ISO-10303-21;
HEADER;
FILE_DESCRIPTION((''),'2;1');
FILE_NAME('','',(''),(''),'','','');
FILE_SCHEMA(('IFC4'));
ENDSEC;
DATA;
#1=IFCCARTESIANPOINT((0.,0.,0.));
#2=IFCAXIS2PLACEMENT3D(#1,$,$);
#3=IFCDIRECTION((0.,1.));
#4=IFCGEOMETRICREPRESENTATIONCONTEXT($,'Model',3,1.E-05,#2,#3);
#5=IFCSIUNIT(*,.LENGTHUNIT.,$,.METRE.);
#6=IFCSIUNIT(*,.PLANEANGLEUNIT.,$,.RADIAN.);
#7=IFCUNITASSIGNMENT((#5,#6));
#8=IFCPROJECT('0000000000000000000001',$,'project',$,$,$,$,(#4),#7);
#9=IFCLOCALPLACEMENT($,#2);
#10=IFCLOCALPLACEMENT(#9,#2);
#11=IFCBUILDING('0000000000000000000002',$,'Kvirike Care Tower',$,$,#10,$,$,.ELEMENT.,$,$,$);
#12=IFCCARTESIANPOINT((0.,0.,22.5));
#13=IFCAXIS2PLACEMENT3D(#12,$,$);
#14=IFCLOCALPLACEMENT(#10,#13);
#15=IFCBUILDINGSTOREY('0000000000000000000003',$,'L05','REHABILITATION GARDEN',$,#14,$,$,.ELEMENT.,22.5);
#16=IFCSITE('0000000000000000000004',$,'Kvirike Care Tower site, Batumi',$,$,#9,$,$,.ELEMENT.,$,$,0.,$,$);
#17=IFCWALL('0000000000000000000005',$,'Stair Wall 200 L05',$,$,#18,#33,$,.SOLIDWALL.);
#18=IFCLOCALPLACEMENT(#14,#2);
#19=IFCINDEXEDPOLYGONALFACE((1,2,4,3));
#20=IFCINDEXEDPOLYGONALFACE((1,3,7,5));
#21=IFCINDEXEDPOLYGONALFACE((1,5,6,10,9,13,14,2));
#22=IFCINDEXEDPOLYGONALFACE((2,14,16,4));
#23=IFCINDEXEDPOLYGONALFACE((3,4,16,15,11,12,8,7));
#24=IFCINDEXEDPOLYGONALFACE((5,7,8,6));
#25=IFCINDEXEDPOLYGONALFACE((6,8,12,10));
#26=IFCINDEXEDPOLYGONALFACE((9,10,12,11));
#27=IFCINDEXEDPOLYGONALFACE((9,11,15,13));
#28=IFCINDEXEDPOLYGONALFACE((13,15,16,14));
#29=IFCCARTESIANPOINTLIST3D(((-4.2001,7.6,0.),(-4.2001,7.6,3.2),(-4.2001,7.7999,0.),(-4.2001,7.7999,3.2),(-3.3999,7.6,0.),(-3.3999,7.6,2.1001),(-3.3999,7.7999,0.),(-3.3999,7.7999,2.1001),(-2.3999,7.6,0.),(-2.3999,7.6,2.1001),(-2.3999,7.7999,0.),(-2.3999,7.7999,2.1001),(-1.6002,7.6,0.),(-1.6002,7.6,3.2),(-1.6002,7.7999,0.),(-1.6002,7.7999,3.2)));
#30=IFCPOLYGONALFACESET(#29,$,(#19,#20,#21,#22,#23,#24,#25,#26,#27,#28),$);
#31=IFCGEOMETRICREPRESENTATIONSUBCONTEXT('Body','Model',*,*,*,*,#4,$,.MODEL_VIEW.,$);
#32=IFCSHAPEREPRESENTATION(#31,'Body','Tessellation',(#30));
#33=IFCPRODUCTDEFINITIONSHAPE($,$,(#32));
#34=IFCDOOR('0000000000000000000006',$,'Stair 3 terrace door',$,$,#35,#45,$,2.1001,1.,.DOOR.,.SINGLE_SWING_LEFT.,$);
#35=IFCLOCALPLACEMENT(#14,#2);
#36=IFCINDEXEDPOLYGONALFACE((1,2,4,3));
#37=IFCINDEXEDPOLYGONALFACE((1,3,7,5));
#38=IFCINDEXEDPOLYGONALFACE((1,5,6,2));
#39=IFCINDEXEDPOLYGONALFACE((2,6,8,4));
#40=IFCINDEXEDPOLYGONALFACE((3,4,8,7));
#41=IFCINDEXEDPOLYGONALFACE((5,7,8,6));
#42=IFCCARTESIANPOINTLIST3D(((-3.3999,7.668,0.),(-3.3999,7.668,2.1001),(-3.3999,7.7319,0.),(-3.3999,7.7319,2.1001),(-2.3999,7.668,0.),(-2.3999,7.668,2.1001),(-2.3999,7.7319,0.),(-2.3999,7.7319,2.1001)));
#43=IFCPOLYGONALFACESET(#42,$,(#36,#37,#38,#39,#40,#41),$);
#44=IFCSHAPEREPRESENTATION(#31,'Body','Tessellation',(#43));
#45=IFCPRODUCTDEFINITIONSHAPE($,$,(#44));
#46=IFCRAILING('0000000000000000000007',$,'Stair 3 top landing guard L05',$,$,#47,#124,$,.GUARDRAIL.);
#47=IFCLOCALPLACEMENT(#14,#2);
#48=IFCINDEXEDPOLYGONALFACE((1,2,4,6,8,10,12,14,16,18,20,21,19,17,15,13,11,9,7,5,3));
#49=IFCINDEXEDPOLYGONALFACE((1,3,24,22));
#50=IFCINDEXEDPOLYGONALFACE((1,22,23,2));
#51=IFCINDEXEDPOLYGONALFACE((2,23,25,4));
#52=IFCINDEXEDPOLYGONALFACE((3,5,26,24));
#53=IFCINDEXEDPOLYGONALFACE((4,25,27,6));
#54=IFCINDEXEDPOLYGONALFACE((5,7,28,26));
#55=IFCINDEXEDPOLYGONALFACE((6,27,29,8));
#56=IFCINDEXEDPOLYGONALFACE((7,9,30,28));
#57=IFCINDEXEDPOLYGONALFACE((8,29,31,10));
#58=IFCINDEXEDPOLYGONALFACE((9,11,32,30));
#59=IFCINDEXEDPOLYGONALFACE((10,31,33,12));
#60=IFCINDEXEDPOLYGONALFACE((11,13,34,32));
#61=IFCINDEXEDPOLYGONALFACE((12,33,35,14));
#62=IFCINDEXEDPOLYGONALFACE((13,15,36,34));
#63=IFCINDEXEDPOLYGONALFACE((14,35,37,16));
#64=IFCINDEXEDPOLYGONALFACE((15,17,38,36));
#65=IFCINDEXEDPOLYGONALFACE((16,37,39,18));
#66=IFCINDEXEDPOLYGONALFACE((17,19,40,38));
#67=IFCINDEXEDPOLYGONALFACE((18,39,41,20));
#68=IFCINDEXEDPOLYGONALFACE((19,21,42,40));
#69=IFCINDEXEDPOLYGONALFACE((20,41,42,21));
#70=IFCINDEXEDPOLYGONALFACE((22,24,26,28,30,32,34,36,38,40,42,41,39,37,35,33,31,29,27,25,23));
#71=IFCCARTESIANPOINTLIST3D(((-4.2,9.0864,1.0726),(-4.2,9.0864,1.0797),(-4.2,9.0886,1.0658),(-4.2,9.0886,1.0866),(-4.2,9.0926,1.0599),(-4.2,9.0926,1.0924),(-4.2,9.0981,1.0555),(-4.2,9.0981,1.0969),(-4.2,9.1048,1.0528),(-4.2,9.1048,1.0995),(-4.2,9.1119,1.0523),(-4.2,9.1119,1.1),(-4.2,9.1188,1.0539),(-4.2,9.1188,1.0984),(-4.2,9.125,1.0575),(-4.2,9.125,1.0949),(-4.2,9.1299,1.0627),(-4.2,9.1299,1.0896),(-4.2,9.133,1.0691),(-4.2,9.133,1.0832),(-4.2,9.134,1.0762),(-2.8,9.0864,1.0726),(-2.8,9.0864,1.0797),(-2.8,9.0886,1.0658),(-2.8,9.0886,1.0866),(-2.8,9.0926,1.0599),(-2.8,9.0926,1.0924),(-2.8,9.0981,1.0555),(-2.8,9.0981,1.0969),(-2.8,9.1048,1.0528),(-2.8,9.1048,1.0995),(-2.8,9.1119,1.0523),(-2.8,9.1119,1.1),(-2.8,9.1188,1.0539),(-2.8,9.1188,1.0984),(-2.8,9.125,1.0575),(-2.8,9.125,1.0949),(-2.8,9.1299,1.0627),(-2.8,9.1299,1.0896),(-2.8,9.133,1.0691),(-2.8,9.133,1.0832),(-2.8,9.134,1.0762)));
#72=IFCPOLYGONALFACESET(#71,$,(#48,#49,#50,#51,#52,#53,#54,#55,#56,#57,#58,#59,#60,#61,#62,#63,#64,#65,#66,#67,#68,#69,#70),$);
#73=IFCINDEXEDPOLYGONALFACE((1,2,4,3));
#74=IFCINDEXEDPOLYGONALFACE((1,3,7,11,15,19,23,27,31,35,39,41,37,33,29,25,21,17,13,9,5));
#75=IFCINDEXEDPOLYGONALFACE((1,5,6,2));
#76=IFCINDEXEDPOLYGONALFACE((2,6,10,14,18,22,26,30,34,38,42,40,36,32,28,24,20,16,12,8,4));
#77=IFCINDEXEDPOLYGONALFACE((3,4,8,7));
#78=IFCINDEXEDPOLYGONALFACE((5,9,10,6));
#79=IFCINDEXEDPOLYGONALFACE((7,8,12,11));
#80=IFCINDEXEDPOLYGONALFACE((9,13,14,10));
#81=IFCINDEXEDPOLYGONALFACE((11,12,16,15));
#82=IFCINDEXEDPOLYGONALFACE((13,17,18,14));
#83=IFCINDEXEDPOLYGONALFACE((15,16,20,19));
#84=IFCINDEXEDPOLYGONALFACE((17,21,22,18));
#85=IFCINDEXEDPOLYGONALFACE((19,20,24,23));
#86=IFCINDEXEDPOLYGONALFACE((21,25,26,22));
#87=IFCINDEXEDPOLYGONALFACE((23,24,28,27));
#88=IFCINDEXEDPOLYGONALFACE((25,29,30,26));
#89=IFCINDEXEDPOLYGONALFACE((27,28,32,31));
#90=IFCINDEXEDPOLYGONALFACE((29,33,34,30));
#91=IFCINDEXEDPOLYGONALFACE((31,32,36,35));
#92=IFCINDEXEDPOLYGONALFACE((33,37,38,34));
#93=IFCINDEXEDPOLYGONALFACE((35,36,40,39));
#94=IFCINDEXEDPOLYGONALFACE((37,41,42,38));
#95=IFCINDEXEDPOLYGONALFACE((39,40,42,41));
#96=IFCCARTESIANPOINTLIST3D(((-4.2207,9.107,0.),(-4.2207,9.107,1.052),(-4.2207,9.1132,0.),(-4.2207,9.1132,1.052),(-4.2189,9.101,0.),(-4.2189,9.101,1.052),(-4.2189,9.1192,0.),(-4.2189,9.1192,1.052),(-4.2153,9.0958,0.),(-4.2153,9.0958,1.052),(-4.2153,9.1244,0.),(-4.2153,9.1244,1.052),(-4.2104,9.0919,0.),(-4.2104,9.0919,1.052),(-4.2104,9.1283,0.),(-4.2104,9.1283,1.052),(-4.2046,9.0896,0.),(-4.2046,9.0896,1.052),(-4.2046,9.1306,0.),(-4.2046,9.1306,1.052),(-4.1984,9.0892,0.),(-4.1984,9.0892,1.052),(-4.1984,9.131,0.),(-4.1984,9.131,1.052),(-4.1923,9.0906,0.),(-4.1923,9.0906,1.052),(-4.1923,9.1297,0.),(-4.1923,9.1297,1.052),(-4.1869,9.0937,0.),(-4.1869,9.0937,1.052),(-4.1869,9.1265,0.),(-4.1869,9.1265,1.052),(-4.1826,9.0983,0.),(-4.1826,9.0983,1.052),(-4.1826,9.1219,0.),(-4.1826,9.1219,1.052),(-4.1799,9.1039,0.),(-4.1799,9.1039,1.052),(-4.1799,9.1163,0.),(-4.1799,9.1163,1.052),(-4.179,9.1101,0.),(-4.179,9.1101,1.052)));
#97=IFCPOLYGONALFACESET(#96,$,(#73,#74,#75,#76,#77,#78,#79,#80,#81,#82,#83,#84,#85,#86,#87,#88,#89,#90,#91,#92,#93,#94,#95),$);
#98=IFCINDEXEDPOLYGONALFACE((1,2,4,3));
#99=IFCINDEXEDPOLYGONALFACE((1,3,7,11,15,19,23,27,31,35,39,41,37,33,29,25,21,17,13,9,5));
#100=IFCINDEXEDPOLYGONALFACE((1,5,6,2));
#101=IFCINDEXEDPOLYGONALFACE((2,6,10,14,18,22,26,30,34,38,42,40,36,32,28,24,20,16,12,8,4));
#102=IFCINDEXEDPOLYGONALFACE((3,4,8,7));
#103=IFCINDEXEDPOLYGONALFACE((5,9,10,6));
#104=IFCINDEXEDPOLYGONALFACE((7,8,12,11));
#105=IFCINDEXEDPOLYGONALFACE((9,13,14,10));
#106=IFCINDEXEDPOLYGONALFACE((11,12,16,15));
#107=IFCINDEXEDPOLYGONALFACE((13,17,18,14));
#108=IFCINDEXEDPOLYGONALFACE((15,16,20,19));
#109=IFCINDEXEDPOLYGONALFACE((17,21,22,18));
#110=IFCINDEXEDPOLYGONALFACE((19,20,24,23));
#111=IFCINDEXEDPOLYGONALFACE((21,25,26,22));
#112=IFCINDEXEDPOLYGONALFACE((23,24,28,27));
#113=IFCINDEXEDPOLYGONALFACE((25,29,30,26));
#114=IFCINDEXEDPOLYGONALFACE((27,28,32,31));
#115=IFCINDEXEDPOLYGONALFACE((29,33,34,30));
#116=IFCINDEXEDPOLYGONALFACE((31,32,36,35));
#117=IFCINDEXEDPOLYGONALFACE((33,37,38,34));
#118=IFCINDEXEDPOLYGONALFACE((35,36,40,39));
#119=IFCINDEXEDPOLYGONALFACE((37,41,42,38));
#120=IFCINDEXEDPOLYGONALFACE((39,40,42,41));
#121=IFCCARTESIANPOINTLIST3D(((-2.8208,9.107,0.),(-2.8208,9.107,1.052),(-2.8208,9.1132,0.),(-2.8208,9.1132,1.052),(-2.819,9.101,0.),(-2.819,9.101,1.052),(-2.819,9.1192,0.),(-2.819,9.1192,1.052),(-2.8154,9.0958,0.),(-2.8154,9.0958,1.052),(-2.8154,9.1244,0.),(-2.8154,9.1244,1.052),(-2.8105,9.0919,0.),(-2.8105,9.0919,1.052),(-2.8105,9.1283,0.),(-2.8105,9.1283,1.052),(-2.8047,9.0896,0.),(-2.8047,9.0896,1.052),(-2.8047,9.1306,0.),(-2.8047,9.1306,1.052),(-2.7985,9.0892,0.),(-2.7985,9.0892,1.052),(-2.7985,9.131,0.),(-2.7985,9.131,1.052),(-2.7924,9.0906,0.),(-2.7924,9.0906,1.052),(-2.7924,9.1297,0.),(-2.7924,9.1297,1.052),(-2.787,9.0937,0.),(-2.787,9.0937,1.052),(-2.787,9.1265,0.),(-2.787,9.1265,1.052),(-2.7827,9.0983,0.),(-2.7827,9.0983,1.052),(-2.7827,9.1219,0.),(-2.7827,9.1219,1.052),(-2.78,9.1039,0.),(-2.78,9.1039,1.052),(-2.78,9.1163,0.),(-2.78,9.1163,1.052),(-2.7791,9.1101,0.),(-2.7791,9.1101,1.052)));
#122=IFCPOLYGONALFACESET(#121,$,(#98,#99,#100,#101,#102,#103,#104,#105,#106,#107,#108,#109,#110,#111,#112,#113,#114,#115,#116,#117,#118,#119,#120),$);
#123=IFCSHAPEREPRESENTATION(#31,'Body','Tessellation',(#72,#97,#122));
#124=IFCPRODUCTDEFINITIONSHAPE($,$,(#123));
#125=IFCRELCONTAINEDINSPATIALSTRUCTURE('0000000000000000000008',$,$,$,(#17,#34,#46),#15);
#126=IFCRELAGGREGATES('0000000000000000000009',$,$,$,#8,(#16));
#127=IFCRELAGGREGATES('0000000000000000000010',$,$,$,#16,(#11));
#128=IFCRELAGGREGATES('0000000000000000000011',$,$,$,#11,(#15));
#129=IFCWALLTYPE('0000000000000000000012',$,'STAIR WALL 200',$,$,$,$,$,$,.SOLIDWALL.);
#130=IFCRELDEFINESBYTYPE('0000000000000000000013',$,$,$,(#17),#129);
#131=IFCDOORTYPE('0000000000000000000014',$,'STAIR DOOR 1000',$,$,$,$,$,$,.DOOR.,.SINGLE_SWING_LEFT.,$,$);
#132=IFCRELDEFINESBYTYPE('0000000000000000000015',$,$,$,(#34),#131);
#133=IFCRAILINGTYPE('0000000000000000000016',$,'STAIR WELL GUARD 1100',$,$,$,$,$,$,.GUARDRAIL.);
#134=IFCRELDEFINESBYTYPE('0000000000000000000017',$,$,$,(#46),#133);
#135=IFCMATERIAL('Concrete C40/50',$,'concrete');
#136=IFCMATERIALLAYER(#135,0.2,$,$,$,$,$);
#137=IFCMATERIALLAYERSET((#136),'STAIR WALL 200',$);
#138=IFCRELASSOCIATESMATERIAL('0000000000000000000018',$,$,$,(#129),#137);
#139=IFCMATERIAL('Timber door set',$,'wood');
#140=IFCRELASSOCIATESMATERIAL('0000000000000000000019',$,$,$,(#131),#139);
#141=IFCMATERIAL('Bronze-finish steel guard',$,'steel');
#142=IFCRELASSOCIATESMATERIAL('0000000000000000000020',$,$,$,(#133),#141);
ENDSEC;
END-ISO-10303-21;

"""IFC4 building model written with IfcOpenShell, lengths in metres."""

from ifc_helpers import new_model, si_unit, direction, frame, frame_2d, origin, origin_2d, place, context, subcontext, project, spatial, rectangle, circle, extrude, material, layer, layer_set, type_object, element, fill, save


model = new_model("IFC4")

# Units and contexts
model_context = context("Model", 3, precision=1e-05, world=origin(), true_north=direction((0.0, 1.0)))
body_context = subcontext(model_context, "Body", "Model", "MODEL_VIEW")
ifc_project = project(units=[si_unit("LENGTHUNIT", "METRE"), si_unit("PLANEANGLEUNIT", "RADIAN")], contexts=[model_context])

# Site, building, storey
site_placement = place(None, origin())
site = spatial("IfcSite", under=ifc_project, at=site_placement, Name="Kvirike Care Tower site, Batumi", CompositionType="ELEMENT", RefElevation=0.0)
building_placement = place(site_placement, origin())
building = spatial("IfcBuilding", under=site, at=building_placement, Name="Kvirike Care Tower", CompositionType="ELEMENT")
storey_placement = place(building_placement, frame((0.0, 0.0, 22.5)))
storey = spatial("IfcBuildingStorey", under=building, at=storey_placement, Name="L05", Description="REHABILITATION GARDEN", CompositionType="ELEMENT", Elevation=22.5)

# Shared definitions
ifc_material_1 = material(Name="Concrete C40/50", Category="concrete")
ifc_layer = layer(ifc_material_1, 0.2)
ifc_layer_set = layer_set([ifc_layer], Name="STAIR WALL 200")
wall_type = type_object("IfcWallType", Name="STAIR WALL 200", PredefinedType="SOLIDWALL", material=ifc_layer_set)

# Wall, opening, door
wall_1_placement = place(storey_placement, frame((-4.2, 7.7, 0.0), z_axis=(0.0, 0.0, 1.0), x_axis=(1.0, 0.0, 0.0)))
wall_1 = element("IfcWall", 1, at=wall_1_placement, inside=storey, type_object=wall_type, Name="Stair Wall 200 L05", PredefinedType="SOLIDWALL", context=body_context, shape_type="SweptSolid", body=[
    extrude(rectangle(XDim=2.5999, YDim=0.2, at=frame_2d((1.2998, 0.0))), origin(), (0.0, 0.0, 1.0), 3.2),
])
opening_placement = place(wall_1_placement, frame((0.8, 0.0, 0.0)))
opening = element("IfcOpeningElement", 2, at=opening_placement, cuts=wall_1, PredefinedType="OPENING", context=body_context, shape_type="SweptSolid", body=[
    extrude(rectangle(XDim=1.0, YDim=2.1001, at=frame_2d((0.5, 1.05))), frame((0.0, 0.1106, 0.0), z_axis=(0.0, -1.0, 0.0), x_axis=(1.0, 0.0, 0.0)), (0.0, 0.0, 1.0), 0.2209),
])
ifc_material_2 = material(Name="Timber door set", Category="wood")
door_type = type_object("IfcDoorType", Name="STAIR DOOR 1000", OperationType="SINGLE_SWING_LEFT", PredefinedType="DOOR", material=ifc_material_2)
door_placement = place(opening_placement, origin())
door = element("IfcDoor", 3, at=door_placement, inside=storey, type_object=door_type, Name="Stair 3 terrace door", OperationType="SINGLE_SWING_LEFT", OverallHeight=2.1001, OverallWidth=1.0, PredefinedType="DOOR", context=body_context, shape_type="SweptSolid", body=[
    extrude(rectangle(XDim=1.0, YDim=2.1001, at=frame_2d((0.5, 1.05))), frame((0.0, 0.032, 0.0), z_axis=(0.0, -1.0, 0.0), x_axis=(1.0, 0.0, 0.0)), (0.0, 0.0, 1.0), 0.064),
])
fill(opening, door)

# Railing
ifc_material_3 = material(Name="Bronze-finish steel guard", Category="steel")
railing_type_1 = type_object("IfcRailingType", Name="STAIR WELL GUARD 1100", PredefinedType="GUARDRAIL", material=ifc_material_3)
railing_1_placement = place(storey_placement, frame((-4.2, 9.1101, 0.0)))
element("IfcRailing", 4, at=railing_1_placement, inside=storey, type_object=railing_type_1, Name="Stair 3 top landing guard L05", PredefinedType="GUARDRAIL", context=body_context, shape_type="SweptSolid", body=[
    extrude(circle(Radius=0.0239, at=origin_2d()), frame((0.0, 0.0, 1.0762), z_axis=(1.0, 0.0, 0.0), x_axis=(0.0, 1.0, 0.0)), (0.0, 0.0, 1.0), 1.3999),
    extrude(circle(Radius=0.021, at=origin_2d()), origin(), (0.0, 0.0, 1.0), 1.052),
    extrude(circle(Radius=0.021, at=origin_2d()), frame((1.3999, 0.0, 0.0)), (0.0, 0.0, 1.0), 1.052),
])

save(model, "model.ifc")
